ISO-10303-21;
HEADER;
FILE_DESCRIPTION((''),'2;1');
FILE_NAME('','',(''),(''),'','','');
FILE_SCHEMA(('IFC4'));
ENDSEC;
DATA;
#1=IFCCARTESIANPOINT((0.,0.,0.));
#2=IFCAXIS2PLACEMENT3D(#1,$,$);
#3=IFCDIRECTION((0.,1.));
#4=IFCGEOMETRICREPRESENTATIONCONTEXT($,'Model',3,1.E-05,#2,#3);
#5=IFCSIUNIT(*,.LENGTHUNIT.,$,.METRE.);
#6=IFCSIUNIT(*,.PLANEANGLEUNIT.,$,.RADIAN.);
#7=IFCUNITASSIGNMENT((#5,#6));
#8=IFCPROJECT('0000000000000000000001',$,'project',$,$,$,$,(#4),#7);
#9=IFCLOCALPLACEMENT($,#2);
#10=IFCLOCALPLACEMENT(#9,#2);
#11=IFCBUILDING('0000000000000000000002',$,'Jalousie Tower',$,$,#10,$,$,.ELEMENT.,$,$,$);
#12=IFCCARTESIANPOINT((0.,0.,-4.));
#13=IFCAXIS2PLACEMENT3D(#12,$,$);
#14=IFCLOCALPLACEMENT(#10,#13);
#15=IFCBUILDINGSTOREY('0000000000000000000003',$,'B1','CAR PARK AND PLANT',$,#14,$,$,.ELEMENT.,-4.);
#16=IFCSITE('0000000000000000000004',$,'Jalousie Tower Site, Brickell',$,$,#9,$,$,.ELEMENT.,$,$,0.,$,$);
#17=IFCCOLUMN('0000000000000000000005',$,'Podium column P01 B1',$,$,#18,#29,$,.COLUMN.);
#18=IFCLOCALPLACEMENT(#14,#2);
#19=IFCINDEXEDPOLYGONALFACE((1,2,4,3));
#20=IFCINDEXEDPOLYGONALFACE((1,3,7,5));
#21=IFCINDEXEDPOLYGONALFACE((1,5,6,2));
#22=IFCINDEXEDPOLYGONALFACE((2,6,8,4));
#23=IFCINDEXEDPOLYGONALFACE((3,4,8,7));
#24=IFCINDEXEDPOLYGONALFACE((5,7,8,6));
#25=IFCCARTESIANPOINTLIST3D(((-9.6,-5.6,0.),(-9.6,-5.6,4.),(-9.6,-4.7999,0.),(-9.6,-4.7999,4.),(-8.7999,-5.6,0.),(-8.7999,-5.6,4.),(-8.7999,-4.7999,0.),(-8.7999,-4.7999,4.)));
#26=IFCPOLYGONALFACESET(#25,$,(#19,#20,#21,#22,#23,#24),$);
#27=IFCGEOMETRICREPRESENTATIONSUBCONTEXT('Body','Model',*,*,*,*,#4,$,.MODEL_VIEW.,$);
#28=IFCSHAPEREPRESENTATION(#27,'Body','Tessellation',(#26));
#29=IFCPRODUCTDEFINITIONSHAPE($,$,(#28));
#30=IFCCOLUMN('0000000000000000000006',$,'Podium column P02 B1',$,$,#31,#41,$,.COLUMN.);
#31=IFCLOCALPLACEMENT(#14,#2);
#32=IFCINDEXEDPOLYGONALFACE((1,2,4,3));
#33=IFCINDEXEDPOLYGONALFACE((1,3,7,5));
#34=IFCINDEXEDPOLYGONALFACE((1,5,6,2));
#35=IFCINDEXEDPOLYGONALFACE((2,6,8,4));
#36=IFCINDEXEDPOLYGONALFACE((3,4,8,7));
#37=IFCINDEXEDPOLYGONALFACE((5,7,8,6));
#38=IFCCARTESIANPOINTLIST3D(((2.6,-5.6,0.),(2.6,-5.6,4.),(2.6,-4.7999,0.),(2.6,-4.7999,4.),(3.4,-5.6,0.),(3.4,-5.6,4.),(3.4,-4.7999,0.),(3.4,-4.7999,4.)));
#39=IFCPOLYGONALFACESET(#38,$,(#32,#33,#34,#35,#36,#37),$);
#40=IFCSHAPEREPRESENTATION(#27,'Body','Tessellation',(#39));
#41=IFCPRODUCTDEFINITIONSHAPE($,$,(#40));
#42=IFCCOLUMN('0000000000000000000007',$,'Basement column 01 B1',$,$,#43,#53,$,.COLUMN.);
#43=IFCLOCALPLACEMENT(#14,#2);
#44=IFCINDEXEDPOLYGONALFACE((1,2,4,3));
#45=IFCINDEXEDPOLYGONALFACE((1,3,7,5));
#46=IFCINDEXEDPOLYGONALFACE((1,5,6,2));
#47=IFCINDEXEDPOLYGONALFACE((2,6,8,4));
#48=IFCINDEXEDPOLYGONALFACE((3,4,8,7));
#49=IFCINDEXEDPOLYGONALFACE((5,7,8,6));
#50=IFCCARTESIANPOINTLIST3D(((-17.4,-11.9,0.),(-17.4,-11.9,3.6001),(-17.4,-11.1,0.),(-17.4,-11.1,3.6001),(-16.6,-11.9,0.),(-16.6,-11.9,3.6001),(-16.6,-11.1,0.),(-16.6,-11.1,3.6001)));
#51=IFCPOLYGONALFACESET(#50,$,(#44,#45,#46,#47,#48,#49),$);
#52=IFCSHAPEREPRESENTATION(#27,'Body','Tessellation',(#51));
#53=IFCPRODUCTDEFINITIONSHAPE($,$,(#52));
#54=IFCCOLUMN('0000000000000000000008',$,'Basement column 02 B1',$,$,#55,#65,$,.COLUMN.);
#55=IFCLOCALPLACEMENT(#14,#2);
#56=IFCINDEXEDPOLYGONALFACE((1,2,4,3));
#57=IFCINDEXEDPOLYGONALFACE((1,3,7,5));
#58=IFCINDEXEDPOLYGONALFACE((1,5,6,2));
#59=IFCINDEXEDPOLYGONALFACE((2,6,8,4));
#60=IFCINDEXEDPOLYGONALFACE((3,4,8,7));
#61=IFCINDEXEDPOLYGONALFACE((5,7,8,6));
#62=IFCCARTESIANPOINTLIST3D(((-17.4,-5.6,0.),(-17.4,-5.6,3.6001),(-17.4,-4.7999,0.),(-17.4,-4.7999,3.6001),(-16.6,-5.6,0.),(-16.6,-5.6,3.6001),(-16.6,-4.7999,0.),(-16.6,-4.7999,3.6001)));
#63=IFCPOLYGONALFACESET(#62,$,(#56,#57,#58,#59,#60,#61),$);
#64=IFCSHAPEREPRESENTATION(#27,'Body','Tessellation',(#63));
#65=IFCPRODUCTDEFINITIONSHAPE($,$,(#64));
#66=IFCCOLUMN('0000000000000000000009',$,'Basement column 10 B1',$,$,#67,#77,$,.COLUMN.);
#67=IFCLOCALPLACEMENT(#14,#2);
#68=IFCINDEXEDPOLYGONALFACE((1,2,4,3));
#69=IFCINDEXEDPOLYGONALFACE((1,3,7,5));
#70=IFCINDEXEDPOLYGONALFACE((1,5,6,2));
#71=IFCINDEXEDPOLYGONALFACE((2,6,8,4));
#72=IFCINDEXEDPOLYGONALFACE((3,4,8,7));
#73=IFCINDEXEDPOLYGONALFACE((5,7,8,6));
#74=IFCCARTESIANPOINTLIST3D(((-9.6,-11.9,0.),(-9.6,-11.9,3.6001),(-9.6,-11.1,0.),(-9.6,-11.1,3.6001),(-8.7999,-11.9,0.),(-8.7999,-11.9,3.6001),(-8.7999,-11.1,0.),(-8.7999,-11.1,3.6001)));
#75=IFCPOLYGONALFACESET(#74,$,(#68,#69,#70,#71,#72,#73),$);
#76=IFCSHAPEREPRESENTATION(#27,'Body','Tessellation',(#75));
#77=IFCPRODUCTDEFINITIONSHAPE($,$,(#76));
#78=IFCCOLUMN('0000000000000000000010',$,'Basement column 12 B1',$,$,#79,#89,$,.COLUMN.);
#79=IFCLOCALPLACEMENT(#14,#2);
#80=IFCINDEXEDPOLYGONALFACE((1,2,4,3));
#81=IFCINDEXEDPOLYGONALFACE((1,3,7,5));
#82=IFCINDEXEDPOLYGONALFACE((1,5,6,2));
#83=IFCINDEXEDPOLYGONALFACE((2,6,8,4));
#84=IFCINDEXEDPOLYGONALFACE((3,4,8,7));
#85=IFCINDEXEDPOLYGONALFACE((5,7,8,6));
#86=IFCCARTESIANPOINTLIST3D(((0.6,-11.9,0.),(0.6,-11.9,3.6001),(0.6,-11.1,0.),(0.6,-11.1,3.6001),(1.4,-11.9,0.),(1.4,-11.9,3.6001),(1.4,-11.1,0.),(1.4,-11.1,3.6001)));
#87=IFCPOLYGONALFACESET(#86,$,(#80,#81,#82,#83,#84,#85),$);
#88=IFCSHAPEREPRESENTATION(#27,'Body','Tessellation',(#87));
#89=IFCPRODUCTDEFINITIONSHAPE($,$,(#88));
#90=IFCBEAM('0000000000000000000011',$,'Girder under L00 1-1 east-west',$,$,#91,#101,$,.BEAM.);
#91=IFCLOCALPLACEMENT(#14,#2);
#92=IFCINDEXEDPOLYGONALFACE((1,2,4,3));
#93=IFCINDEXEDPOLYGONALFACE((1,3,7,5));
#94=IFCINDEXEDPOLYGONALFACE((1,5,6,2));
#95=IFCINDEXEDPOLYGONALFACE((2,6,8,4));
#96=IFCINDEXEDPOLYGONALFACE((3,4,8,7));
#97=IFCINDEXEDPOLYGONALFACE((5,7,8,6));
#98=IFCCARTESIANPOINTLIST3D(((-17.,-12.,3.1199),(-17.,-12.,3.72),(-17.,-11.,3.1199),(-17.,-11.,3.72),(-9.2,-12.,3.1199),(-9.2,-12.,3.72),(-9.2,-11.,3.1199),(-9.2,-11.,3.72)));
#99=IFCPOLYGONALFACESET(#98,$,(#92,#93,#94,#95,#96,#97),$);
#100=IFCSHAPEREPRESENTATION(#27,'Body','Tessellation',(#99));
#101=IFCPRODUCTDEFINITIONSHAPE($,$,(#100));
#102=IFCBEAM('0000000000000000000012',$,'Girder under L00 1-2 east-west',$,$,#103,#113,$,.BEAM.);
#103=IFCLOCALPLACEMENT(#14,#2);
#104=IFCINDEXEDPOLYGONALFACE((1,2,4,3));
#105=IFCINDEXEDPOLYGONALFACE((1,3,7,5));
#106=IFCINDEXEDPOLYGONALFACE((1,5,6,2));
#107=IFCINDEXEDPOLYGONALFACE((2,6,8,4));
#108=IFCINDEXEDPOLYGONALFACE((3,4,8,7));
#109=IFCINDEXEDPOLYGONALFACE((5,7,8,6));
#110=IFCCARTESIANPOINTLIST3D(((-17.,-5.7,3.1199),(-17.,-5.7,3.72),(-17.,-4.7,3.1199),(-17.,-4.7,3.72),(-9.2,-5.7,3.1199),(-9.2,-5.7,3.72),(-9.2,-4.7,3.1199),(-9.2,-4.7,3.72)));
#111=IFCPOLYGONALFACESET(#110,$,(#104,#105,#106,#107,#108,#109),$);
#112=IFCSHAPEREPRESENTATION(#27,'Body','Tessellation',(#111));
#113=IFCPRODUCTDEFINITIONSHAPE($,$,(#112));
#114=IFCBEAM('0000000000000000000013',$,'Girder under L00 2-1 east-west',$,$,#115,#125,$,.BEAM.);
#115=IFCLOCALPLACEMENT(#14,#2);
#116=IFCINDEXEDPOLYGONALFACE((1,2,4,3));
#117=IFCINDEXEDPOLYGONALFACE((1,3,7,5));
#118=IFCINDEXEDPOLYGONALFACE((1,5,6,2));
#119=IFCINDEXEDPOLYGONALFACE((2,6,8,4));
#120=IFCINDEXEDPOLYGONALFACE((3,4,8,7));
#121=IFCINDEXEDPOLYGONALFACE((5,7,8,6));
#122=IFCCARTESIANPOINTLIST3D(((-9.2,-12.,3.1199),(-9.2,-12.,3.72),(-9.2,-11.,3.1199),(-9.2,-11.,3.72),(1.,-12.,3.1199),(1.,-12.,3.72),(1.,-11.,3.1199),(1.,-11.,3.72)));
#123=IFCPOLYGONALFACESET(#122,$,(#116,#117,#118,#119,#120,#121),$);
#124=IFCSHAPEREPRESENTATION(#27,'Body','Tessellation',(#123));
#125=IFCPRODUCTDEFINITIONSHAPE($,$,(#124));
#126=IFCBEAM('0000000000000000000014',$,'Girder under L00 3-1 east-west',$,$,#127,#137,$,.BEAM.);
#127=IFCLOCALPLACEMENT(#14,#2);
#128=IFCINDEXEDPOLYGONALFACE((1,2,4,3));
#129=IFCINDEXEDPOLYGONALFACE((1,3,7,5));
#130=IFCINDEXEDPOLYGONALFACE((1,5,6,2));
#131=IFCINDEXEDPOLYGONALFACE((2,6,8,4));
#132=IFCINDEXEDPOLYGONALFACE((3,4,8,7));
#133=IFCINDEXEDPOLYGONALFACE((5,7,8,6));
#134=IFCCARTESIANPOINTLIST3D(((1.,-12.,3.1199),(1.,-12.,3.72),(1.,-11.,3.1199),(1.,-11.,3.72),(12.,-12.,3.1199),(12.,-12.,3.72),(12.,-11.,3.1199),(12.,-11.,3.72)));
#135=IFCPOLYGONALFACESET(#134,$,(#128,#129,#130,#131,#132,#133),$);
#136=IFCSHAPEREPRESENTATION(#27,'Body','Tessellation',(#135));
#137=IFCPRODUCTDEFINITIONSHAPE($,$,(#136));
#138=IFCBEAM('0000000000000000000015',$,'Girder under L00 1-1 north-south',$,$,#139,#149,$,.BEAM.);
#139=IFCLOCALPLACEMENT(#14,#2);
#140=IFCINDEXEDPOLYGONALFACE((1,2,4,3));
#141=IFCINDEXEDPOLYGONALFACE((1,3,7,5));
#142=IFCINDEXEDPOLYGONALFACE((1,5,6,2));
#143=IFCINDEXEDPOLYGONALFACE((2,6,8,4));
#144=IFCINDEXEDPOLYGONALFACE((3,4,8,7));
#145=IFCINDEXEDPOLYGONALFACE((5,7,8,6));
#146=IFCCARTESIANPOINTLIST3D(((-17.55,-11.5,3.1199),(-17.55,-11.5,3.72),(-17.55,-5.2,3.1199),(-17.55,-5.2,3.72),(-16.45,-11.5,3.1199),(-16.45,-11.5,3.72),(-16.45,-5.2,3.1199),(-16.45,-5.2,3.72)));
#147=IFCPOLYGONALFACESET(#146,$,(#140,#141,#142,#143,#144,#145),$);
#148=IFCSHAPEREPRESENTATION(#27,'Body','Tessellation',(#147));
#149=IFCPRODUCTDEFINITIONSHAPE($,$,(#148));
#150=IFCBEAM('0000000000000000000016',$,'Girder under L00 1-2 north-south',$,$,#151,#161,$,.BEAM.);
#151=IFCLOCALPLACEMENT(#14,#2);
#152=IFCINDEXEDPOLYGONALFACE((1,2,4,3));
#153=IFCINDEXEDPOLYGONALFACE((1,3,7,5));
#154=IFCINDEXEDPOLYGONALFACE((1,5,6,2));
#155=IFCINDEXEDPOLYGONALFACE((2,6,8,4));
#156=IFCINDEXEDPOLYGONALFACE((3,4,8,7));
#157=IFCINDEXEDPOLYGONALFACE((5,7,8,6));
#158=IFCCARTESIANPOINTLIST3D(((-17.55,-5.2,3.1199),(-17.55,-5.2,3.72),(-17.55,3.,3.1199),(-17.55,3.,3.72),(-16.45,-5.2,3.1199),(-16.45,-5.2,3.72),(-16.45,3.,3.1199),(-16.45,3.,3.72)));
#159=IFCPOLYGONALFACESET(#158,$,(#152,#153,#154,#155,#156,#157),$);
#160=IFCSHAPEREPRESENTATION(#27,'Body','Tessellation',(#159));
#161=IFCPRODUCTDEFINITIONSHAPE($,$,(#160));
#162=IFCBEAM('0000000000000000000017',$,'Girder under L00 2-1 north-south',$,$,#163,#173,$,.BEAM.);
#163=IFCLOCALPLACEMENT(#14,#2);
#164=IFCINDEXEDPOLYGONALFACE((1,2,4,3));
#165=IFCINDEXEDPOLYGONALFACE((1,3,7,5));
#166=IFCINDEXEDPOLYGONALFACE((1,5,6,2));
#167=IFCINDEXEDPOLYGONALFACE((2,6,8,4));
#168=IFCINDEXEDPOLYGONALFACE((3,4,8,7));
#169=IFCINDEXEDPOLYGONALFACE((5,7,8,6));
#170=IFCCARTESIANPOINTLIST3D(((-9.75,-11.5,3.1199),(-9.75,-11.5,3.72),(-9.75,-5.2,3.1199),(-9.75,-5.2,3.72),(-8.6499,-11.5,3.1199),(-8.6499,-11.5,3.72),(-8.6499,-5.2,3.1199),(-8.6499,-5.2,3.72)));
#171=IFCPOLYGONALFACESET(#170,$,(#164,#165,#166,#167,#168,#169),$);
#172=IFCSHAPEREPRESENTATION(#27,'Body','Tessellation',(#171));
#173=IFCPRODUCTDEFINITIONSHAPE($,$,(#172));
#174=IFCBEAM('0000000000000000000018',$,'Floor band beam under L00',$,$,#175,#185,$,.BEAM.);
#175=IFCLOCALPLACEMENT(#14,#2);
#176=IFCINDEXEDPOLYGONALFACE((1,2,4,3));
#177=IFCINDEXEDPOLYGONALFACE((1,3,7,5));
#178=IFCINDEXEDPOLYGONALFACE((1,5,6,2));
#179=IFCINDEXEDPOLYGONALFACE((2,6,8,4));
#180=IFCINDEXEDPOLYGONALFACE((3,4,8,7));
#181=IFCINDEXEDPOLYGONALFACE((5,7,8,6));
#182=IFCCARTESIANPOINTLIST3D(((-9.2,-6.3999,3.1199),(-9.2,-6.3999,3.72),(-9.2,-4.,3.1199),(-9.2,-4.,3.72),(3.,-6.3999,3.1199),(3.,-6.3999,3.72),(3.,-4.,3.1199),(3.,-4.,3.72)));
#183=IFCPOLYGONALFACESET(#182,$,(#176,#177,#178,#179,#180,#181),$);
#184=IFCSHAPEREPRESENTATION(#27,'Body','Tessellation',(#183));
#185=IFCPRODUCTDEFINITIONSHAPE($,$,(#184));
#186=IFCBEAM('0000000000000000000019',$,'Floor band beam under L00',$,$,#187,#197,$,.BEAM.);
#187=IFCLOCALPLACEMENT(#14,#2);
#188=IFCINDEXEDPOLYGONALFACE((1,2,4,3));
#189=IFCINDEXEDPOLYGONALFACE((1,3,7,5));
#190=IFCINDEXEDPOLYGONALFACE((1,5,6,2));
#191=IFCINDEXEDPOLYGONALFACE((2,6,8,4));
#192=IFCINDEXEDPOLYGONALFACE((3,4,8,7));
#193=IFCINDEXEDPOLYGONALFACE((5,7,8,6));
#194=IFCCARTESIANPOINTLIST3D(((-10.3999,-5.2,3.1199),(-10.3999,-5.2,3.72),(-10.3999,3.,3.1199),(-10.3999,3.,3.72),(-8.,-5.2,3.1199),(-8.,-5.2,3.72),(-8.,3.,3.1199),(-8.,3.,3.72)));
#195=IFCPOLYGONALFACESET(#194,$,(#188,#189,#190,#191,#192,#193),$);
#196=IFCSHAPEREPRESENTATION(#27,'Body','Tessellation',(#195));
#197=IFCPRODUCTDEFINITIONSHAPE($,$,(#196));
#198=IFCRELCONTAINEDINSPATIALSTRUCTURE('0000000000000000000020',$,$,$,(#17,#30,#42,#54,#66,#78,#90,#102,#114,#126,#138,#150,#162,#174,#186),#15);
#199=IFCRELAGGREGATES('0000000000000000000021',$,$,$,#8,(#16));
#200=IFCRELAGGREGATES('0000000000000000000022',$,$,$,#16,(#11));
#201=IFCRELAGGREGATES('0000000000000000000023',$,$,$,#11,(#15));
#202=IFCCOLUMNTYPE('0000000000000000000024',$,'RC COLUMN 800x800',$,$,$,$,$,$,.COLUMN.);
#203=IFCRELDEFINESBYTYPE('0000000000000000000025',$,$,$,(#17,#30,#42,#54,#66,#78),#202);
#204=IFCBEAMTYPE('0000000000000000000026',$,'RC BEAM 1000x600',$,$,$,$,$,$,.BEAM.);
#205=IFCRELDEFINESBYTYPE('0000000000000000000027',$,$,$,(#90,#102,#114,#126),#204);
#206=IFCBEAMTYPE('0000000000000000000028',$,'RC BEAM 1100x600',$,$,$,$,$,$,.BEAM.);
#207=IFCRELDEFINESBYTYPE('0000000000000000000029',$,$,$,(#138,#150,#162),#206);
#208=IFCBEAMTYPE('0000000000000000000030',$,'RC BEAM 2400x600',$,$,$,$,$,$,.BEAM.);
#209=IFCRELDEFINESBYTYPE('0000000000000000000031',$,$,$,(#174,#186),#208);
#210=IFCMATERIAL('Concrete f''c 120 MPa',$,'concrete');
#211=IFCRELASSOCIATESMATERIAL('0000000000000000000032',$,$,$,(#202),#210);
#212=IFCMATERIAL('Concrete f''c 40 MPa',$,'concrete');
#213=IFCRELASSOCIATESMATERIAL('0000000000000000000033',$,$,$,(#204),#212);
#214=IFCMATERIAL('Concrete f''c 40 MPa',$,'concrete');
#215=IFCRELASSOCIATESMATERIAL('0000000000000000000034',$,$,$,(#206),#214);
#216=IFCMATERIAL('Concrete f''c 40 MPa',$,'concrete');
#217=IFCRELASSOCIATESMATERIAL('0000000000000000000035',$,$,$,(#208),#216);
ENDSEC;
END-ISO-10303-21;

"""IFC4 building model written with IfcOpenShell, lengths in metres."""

from ifc_helpers import new_model, si_unit, direction, frame, origin, origin_2d, place, context, subcontext, project, spatial, rectangle, extrude, material, material_profile, profile_set, type_object, element, save


model = new_model("IFC4")

# Units and contexts
model_context = context("Model", 3, precision=1e-05, world=origin(), true_north=direction((0.0, 1.0)))
body_context = subcontext(model_context, "Body", "Model", "MODEL_VIEW")
ifc_project = project(units=[si_unit("LENGTHUNIT", "METRE"), si_unit("PLANEANGLEUNIT", "RADIAN")], contexts=[model_context])

# Site, building, storey
site_placement = place(None, origin())
site = spatial("IfcSite", under=ifc_project, at=site_placement, Name="Jalousie Tower Site, Brickell", CompositionType="ELEMENT", RefElevation=0.0)
building_placement = place(site_placement, origin())
building = spatial("IfcBuilding", under=site, at=building_placement, Name="Jalousie Tower", CompositionType="ELEMENT")
storey_placement = place(building_placement, frame((0.0, 0.0, -4.0)))
storey = spatial("IfcBuildingStorey", under=building, at=storey_placement, Name="B1", Description="CAR PARK AND PLANT", CompositionType="ELEMENT", Elevation=-4.0)

# Columns
ifc_material_1 = material(Name="Concrete f'c 120 MPa", Category="concrete")
ifc_material_profile_1 = material_profile(ifc_material_1, rectangle(XDim=0.8, YDim=0.8, at=origin_2d()), Name="RC 800x800")
ifc_profile_set_1 = profile_set([ifc_material_profile_1], Name="Concrete f'c 120 MPa")
column_type = type_object("IfcColumnType", Name="RC COLUMN 800x800", PredefinedType="COLUMN", material=ifc_profile_set_1)
for number, where, z_axis, x_axis, name in (
    (1, (-9.2, -5.2, 0.0), (0.0, 0.0, 1.0), (1.0, 0.0, 0.0), "Podium column P01 B1"),
    (2, (3.0, -5.2, 0.0), (0.0, 0.0, 1.0), (1.0, 0.0, 0.0), "Podium column P02 B1"),
):
    element("IfcColumn", number, at=place(storey_placement, frame(where, z_axis=z_axis, x_axis=x_axis)), inside=storey, type_object=column_type, Name=name, PredefinedType="COLUMN", context=body_context, shape_type="SweptSolid", body=[
        extrude(rectangle(XDim=0.8, YDim=0.8, at=origin_2d()), origin(), (0.0, 0.0, 1.0), 4.0),
    ])
for number, where, z_axis, x_axis, name in (
    (3, (-17.0, -11.5, 0.0), (0.0, 0.0, 1.0), (1.0, 0.0, 0.0), "Basement column 01 B1"),
    (4, (-17.0, -5.2, 0.0), (0.0, 0.0, 1.0), (1.0, 0.0, 0.0), "Basement column 02 B1"),
    (5, (-9.2, -11.5, 0.0), (0.0, 0.0, 1.0), (1.0, 0.0, 0.0), "Basement column 10 B1"),
    (6, (1.0, -11.5, 0.0), (0.0, 0.0, 1.0), (1.0, 0.0, 0.0), "Basement column 12 B1"),
):
    element("IfcColumn", number, at=place(storey_placement, frame(where, z_axis=z_axis, x_axis=x_axis)), inside=storey, type_object=column_type, Name=name, PredefinedType="COLUMN", context=body_context, shape_type="SweptSolid", body=[
        extrude(rectangle(XDim=0.8, YDim=0.8, at=origin_2d()), origin(), (0.0, 0.0, 1.0), 3.6001),
    ])

# Beams
ifc_material_2 = material(Name="Concrete f'c 40 MPa", Category="concrete")
ifc_material_profile_2 = material_profile(ifc_material_2, rectangle(XDim=1.0, YDim=0.6001, at=origin_2d()), Name="RC 1000x600")
ifc_profile_set_2 = profile_set([ifc_material_profile_2], Name="Concrete f'c 40 MPa")
beam_type_1 = type_object("IfcBeamType", Name="RC BEAM 1000x600", PredefinedType="BEAM", material=ifc_profile_set_2)
for number, where, z_axis, x_axis, name in (
    (7, (-17.0, -11.5, 3.4199), (1.0, 0.0, 0.0), (0.0, 1.0, 0.0), "Girder under L00 1-1 east-west"),
    (8, (-17.0, -5.2, 3.4199), (1.0, 0.0, 0.0), (0.0, 1.0, 0.0), "Girder under L00 1-2 east-west"),
):
    element("IfcBeam", number, at=place(storey_placement, frame(where, z_axis=z_axis, x_axis=x_axis)), inside=storey, type_object=beam_type_1, Name=name, PredefinedType="BEAM", context=body_context, shape_type="SweptSolid", body=[
        extrude(rectangle(XDim=1.0, YDim=0.6001, at=origin_2d()), origin(), (0.0, 0.0, 1.0), 7.8),
    ])
beam_1_placement = place(storey_placement, frame((-9.2, -11.5, 3.4199), z_axis=(1.0, 0.0, 0.0), x_axis=(0.0, 1.0, 0.0)))
element("IfcBeam", 9, at=beam_1_placement, inside=storey, type_object=beam_type_1, Name="Girder under L00 2-1 east-west", PredefinedType="BEAM", context=body_context, shape_type="SweptSolid", body=[
    extrude(rectangle(XDim=1.0, YDim=0.6001, at=origin_2d()), origin(), (0.0, 0.0, 1.0), 10.2),
])
beam_2_placement = place(storey_placement, frame((1.0, -11.5, 3.4199), z_axis=(1.0, 0.0, 0.0), x_axis=(0.0, 1.0, 0.0)))
element("IfcBeam", 10, at=beam_2_placement, inside=storey, type_object=beam_type_1, Name="Girder under L00 3-1 east-west", PredefinedType="BEAM", context=body_context, shape_type="SweptSolid", body=[
    extrude(rectangle(XDim=1.0, YDim=0.6001, at=origin_2d()), origin(), (0.0, 0.0, 1.0), 11.0),
])
ifc_material_3 = material(Name="Concrete f'c 40 MPa", Category="concrete")
ifc_material_profile_3 = material_profile(ifc_material_3, rectangle(XDim=1.1001, YDim=0.6001, at=origin_2d()), Name="RC 1100x600")
ifc_profile_set_3 = profile_set([ifc_material_profile_3], Name="Concrete f'c 40 MPa")
beam_type_2 = type_object("IfcBeamType", Name="RC BEAM 1100x600", PredefinedType="BEAM", material=ifc_profile_set_3)
beam_3_placement = place(storey_placement, frame((-17.0, -11.5, 3.4199), z_axis=(0.0, 1.0, 0.0), x_axis=(-1.0, 0.0, 0.0)))
element("IfcBeam", 11, at=beam_3_placement, inside=storey, type_object=beam_type_2, Name="Girder under L00 1-1 north-south", PredefinedType="BEAM", context=body_context, shape_type="SweptSolid", body=[
    extrude(rectangle(XDim=1.1001, YDim=0.6001, at=origin_2d()), origin(), (0.0, 0.0, 1.0), 6.3),
])
beam_4_placement = place(storey_placement, frame((-17.0, -5.2, 3.4199), z_axis=(0.0, 1.0, 0.0), x_axis=(-1.0, 0.0, 0.0)))
element("IfcBeam", 12, at=beam_4_placement, inside=storey, type_object=beam_type_2, Name="Girder under L00 1-2 north-south", PredefinedType="BEAM", context=body_context, shape_type="SweptSolid", body=[
    extrude(rectangle(XDim=1.1001, YDim=0.6001, at=origin_2d()), origin(), (0.0, 0.0, 1.0), 8.2),
])
beam_5_placement = place(storey_placement, frame((-9.2, -11.5, 3.4199), z_axis=(0.0, 1.0, 0.0), x_axis=(-1.0, 0.0, 0.0)))
element("IfcBeam", 13, at=beam_5_placement, inside=storey, type_object=beam_type_2, Name="Girder under L00 2-1 north-south", PredefinedType="BEAM", context=body_context, shape_type="SweptSolid", body=[
    extrude(rectangle(XDim=1.1001, YDim=0.6001, at=origin_2d()), origin(), (0.0, 0.0, 1.0), 6.3),
])
ifc_material_4 = material(Name="Concrete f'c 40 MPa", Category="concrete")
ifc_material_profile_4 = material_profile(ifc_material_4, rectangle(XDim=2.3999, YDim=0.6001, at=origin_2d()), Name="RC 2400x600")
ifc_profile_set_4 = profile_set([ifc_material_profile_4], Name="Concrete f'c 40 MPa")
beam_type_3 = type_object("IfcBeamType", Name="RC BEAM 2400x600", PredefinedType="BEAM", material=ifc_profile_set_4)
beam_6_placement = place(storey_placement, frame((-9.2, -5.2, 3.4199), z_axis=(1.0, 0.0, 0.0), x_axis=(0.0, 1.0, 0.0)))
element("IfcBeam", 14, at=beam_6_placement, inside=storey, type_object=beam_type_3, Name="Floor band beam under L00", PredefinedType="BEAM", context=body_context, shape_type="SweptSolid", body=[
    extrude(rectangle(XDim=2.3999, YDim=0.6001, at=origin_2d()), origin(), (0.0, 0.0, 1.0), 12.2),
])
beam_7_placement = place(storey_placement, frame((-9.2, -5.2, 3.4199), z_axis=(0.0, 1.0, 0.0), x_axis=(-1.0, 0.0, 0.0)))
element("IfcBeam", 15, at=beam_7_placement, inside=storey, type_object=beam_type_3, Name="Floor band beam under L00", PredefinedType="BEAM", context=body_context, shape_type="SweptSolid", body=[
    extrude(rectangle(XDim=2.3999, YDim=0.6001, at=origin_2d()), origin(), (0.0, 0.0, 1.0), 8.2),
])

save(model, "model.ifc")
